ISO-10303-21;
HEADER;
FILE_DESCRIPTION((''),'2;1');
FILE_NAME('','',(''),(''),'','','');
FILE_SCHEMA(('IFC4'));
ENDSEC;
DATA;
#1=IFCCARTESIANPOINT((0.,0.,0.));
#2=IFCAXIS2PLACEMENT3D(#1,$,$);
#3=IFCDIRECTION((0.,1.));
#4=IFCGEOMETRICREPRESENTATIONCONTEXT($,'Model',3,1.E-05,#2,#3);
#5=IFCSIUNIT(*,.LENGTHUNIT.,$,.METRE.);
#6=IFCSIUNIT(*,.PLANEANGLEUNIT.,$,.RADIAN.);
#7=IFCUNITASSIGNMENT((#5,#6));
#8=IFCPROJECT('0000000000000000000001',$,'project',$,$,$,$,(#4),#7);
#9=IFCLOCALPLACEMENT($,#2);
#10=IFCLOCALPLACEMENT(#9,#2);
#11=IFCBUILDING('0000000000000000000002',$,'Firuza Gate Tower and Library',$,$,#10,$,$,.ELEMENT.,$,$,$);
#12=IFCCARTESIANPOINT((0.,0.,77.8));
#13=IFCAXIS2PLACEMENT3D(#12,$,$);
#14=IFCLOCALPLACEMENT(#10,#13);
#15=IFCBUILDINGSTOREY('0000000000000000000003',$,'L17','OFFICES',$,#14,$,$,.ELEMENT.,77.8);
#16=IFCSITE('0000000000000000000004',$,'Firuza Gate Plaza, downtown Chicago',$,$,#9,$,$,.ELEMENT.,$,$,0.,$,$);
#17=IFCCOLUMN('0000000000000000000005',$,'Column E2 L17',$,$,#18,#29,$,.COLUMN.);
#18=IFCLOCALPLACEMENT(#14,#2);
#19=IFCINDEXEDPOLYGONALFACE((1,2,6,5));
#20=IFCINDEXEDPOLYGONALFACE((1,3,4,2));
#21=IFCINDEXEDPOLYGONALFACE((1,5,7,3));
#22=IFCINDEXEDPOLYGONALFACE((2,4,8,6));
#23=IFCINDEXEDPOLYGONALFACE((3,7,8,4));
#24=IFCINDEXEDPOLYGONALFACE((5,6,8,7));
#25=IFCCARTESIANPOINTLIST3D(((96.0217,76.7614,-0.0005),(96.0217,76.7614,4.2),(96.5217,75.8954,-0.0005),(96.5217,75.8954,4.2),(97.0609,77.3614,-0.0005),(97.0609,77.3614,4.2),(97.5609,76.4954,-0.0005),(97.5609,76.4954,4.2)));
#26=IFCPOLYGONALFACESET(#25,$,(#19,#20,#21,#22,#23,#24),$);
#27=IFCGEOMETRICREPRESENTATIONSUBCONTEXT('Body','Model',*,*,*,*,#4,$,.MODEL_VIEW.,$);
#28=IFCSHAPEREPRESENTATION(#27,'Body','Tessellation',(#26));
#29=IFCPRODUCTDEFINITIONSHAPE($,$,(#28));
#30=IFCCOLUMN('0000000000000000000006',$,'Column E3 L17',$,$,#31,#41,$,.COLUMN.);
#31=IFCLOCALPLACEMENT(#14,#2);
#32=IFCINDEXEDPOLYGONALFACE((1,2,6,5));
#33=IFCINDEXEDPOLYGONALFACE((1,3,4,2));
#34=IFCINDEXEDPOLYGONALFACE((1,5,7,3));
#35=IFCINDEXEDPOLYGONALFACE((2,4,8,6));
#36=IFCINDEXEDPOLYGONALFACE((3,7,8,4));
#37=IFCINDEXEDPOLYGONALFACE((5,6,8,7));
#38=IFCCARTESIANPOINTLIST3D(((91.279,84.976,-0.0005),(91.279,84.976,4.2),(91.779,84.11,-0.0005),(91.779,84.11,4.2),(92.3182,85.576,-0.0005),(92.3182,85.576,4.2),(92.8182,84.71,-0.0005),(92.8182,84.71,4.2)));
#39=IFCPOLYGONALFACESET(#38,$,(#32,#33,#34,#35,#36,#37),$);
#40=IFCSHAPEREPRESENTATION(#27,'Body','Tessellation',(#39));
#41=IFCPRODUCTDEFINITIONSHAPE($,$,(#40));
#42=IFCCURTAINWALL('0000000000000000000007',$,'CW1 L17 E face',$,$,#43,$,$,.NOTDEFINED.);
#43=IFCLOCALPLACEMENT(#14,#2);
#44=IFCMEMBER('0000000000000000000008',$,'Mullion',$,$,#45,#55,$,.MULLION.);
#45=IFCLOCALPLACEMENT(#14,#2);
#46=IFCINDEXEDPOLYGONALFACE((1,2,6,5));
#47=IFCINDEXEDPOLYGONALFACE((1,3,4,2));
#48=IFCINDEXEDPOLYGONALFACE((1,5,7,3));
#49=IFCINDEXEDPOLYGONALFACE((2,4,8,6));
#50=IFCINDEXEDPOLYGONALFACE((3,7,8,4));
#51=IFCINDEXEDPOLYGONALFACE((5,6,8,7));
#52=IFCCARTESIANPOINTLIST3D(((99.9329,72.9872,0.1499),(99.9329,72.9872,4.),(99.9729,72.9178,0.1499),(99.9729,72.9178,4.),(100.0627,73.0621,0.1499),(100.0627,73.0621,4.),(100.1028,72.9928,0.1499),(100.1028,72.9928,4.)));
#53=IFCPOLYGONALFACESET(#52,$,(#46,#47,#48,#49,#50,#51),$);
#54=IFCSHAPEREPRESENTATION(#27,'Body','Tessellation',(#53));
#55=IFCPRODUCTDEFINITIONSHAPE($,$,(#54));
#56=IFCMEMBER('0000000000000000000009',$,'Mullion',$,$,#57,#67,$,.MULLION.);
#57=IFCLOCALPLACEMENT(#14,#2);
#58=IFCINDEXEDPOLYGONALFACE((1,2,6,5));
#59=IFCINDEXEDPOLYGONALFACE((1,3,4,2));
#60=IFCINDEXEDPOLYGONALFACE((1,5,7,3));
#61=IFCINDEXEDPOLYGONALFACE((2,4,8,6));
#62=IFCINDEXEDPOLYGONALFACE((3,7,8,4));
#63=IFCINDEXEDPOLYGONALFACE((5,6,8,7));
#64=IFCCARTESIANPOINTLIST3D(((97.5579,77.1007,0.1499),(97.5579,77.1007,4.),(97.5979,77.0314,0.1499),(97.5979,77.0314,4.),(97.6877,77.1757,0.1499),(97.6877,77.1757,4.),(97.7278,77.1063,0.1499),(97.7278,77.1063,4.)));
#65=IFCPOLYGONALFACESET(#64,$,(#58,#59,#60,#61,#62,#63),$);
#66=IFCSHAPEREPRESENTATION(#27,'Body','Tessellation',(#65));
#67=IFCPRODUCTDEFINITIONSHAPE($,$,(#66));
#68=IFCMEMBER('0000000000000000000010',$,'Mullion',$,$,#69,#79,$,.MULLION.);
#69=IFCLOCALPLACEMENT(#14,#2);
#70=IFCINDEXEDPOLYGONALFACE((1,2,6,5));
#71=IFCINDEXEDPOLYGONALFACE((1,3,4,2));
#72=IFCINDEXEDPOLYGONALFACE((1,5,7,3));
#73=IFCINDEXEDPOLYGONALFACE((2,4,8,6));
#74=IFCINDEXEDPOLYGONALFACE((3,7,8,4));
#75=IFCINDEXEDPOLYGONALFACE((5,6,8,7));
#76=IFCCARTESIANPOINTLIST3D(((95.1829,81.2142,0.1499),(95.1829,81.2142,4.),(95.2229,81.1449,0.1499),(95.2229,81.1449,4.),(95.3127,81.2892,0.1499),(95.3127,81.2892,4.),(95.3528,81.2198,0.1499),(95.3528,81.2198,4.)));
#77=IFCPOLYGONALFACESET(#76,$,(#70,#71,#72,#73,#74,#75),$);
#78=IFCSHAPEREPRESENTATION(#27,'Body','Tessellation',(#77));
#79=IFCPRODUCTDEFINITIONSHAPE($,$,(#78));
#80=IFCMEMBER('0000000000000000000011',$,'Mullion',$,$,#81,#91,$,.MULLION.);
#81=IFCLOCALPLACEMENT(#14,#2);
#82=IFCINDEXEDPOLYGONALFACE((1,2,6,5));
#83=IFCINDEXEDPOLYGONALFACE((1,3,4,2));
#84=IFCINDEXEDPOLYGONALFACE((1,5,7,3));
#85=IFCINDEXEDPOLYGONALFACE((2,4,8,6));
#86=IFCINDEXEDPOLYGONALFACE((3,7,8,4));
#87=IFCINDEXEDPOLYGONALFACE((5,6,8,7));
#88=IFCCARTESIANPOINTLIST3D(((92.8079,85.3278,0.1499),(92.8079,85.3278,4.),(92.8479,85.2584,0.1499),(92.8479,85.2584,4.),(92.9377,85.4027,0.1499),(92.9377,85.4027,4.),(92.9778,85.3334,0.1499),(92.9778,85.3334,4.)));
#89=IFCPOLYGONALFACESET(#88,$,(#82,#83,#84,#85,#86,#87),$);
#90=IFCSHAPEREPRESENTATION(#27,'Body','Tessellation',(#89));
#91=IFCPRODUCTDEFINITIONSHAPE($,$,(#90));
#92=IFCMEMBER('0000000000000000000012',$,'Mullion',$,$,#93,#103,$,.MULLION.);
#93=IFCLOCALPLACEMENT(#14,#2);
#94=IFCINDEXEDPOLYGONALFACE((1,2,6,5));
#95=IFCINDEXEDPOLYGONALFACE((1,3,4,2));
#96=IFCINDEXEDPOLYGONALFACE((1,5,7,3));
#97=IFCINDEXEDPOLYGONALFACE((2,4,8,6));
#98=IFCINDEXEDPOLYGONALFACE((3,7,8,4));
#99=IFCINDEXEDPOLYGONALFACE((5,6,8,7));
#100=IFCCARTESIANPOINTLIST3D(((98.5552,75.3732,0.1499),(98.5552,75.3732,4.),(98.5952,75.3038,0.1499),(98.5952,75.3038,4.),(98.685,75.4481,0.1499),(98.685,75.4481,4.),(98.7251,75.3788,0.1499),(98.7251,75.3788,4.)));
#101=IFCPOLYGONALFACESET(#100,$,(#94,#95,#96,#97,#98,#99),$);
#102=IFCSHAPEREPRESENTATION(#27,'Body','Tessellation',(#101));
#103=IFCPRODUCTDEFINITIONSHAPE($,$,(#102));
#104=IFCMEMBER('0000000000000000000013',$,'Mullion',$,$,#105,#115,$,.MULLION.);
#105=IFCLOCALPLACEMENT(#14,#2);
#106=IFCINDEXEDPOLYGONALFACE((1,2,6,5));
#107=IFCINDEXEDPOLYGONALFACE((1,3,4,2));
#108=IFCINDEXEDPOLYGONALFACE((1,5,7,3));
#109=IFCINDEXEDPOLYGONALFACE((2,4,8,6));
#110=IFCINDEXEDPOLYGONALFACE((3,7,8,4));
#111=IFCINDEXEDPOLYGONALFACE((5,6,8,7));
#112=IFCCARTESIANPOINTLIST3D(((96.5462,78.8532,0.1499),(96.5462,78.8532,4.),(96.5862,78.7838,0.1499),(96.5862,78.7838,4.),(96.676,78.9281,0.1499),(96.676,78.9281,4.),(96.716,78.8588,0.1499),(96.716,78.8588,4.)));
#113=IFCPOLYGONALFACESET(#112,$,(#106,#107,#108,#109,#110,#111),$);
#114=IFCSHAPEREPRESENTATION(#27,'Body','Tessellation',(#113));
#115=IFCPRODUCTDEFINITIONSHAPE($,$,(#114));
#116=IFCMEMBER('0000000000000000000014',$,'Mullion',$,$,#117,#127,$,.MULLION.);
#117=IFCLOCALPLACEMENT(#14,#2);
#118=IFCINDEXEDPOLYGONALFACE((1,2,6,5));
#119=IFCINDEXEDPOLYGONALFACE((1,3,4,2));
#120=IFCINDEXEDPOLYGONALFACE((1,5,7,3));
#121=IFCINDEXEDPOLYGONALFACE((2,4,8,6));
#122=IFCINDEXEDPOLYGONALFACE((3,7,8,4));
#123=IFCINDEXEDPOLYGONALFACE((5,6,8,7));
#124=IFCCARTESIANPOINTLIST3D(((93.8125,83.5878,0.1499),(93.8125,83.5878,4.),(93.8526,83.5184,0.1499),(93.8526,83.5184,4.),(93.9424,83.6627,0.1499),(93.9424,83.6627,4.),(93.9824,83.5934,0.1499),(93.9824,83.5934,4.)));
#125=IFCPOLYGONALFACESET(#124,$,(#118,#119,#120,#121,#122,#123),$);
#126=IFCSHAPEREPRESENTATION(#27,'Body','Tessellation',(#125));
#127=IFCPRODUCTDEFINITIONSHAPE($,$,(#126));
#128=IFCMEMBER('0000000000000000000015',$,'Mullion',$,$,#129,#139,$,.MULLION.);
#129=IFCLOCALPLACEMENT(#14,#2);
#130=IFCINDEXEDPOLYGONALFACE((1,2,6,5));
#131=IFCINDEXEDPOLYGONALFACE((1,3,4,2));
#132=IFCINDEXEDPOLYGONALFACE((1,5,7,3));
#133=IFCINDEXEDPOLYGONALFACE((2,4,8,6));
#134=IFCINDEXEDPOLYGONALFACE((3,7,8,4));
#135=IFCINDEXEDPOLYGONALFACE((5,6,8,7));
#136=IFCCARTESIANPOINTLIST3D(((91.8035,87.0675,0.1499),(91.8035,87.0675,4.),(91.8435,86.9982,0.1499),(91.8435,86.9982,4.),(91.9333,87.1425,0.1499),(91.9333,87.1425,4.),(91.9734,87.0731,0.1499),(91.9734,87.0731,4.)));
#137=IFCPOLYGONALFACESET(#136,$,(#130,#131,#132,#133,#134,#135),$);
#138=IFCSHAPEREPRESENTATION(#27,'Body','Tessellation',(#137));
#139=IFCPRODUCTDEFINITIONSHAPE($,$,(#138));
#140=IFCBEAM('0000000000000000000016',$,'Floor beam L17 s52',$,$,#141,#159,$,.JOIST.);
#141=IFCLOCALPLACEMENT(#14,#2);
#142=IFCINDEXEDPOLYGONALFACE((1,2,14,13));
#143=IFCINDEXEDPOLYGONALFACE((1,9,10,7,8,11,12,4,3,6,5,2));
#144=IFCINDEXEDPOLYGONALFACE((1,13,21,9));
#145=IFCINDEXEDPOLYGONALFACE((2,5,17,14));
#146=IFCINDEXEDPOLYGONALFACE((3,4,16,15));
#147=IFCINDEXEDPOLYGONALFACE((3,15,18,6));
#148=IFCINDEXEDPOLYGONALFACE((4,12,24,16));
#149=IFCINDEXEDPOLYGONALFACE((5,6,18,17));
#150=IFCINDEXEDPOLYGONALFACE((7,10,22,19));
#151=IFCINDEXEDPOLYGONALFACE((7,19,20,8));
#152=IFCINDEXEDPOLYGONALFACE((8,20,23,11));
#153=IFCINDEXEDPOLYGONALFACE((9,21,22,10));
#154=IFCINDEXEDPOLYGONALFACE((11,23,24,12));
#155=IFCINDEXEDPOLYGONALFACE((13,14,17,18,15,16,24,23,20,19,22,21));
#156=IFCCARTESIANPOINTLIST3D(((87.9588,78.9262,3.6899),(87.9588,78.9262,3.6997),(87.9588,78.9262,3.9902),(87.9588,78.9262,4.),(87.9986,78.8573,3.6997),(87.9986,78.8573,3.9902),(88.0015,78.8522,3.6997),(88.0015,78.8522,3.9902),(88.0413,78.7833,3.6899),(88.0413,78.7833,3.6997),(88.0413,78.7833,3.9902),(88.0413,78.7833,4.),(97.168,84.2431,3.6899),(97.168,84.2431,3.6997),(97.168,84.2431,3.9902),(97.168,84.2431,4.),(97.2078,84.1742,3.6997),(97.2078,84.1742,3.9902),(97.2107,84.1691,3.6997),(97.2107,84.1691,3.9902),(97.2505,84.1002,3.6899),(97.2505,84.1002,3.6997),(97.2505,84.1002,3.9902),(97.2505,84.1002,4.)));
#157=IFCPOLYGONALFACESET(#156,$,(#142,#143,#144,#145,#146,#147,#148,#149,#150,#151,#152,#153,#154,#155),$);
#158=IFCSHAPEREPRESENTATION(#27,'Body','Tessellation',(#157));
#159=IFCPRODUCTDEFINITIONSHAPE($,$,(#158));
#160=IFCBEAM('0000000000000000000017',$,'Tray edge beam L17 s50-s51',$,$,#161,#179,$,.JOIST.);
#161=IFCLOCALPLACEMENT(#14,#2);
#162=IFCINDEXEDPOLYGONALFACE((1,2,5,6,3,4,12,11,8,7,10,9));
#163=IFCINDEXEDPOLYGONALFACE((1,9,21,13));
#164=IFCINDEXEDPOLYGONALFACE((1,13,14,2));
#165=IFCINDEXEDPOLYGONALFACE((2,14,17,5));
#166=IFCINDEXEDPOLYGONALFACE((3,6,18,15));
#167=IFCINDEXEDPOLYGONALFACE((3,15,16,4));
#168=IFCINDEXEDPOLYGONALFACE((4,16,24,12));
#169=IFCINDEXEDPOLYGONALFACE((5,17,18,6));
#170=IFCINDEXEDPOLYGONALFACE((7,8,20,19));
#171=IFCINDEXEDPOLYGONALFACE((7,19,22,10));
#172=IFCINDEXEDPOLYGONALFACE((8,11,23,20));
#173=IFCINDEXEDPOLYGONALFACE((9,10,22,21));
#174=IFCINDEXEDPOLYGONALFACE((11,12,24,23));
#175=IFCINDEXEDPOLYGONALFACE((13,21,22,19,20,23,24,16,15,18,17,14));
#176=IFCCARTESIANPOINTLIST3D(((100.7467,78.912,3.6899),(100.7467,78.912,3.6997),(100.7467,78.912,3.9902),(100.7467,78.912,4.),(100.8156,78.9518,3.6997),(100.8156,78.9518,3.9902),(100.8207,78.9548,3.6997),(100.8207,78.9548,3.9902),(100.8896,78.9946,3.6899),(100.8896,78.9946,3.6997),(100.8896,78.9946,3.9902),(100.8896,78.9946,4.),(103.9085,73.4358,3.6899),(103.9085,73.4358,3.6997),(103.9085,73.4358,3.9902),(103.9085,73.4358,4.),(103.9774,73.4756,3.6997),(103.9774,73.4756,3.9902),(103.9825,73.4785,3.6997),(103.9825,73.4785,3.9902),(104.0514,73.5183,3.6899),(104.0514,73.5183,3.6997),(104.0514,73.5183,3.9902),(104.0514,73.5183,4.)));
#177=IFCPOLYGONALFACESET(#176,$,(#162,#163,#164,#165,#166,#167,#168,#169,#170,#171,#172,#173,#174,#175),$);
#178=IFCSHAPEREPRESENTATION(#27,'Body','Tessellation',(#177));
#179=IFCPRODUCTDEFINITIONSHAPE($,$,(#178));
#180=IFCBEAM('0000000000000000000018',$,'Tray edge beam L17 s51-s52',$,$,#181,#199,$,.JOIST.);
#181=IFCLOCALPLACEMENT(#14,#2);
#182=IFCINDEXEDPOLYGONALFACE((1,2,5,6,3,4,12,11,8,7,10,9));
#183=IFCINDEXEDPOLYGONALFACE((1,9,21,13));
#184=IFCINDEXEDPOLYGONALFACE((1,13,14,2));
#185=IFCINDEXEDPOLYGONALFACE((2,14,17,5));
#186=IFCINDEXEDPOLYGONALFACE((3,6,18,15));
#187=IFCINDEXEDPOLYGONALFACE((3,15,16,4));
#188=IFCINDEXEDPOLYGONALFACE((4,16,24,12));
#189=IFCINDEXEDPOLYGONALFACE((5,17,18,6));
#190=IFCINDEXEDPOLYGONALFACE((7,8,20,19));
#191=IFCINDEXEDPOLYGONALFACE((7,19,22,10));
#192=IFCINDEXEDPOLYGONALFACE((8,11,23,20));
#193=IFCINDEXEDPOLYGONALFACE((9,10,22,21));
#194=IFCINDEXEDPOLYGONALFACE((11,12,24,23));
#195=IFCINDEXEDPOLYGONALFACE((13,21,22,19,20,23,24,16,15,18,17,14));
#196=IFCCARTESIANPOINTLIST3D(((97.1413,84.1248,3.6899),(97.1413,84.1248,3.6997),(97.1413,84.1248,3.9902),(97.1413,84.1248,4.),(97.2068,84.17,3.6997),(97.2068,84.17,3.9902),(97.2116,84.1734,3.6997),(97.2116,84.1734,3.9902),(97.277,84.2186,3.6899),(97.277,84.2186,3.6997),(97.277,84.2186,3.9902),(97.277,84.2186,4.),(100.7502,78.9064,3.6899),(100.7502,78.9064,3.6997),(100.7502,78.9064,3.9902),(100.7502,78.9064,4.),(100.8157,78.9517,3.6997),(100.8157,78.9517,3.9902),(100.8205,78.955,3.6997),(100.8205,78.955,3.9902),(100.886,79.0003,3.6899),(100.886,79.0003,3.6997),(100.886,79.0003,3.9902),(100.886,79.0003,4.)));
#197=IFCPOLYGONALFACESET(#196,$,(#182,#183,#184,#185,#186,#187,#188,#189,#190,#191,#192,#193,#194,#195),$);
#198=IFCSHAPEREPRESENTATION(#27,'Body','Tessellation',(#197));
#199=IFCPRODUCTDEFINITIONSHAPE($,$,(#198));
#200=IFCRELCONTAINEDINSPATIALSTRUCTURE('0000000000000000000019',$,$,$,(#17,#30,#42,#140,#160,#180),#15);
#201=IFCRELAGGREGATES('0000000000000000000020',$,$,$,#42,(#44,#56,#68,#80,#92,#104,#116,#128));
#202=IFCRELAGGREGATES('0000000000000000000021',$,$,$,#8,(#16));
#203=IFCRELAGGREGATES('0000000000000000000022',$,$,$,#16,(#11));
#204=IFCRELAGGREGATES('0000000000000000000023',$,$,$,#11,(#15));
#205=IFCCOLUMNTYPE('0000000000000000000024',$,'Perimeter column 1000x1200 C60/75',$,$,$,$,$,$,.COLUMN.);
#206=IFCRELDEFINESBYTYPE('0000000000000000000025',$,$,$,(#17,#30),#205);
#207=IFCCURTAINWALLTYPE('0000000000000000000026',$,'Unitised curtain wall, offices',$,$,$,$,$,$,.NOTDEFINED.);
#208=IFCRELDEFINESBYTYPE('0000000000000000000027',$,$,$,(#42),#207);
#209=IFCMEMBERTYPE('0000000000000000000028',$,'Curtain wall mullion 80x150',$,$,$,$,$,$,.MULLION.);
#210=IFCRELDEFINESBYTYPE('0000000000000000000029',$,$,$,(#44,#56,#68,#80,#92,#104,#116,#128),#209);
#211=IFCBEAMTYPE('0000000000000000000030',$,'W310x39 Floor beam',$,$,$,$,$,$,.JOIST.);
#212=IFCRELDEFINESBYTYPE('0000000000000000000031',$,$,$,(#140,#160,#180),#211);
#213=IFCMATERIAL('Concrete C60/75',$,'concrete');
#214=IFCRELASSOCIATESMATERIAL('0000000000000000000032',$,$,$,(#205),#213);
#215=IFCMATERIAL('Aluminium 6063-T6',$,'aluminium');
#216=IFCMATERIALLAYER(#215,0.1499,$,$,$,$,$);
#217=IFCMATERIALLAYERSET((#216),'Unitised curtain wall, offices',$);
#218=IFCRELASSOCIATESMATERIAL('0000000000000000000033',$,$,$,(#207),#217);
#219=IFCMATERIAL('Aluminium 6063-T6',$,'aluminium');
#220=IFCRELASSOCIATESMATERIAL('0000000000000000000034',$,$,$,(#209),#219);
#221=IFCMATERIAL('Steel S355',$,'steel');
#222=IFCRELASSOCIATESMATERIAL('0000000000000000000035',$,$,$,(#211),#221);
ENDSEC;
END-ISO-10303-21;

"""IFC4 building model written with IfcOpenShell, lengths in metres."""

from ifc_helpers import new_model, si_unit, direction, frame, origin, origin_2d, place, context, subcontext, project, spatial, rectangle, i_section, extrude, material, layer, layer_set, material_profile, profile_set, type_object, element, aggregate, save


model = new_model("IFC4")

# Units and contexts
model_context = context("Model", 3, precision=1e-05, world=origin(), true_north=direction((0.0, 1.0)))
body_context = subcontext(model_context, "Body", "Model", "MODEL_VIEW")
ifc_project = project(units=[si_unit("LENGTHUNIT", "METRE"), si_unit("PLANEANGLEUNIT", "RADIAN")], contexts=[model_context])

# Site, building, storey
site_placement = place(None, origin())
site = spatial("IfcSite", under=ifc_project, at=site_placement, Name="Firuza Gate Plaza, downtown Chicago", CompositionType="ELEMENT", RefElevation=0.0)
building_placement = place(site_placement, origin())
building = spatial("IfcBuilding", under=site, at=building_placement, Name="Firuza Gate Tower and Library", CompositionType="ELEMENT")
storey_placement = place(building_placement, frame((0.0, 0.0, 77.8)))
storey = spatial("IfcBuildingStorey", under=building, at=storey_placement, Name="L17", Description="OFFICES", CompositionType="ELEMENT", Elevation=77.8)

# Columns
ifc_material_1 = material(Name="Concrete C60/75", Category="concrete")
ifc_material_profile_1 = material_profile(ifc_material_1, rectangle(XDim=1.0, YDim=1.2, at=origin_2d()))
ifc_profile_set_1 = profile_set([ifc_material_profile_1], Name="Concrete C60/75")
column_type = type_object("IfcColumnType", Name="Perimeter column 1000x1200 C60/75", PredefinedType="COLUMN", material=ifc_profile_set_1)
for number, where, z_axis, x_axis, name in (
    (1, (96.7913, 76.6284, -0.0005), (0.0, 0.0, 1.0), (-0.5, 0.866025, 0.0), "Column E2 L17"),
    (2, (92.0486, 84.843, -0.0005), (0.0, 0.0, 1.0), (-0.5, 0.866025, 0.0), "Column E3 L17"),
):
    element("IfcColumn", number, at=place(storey_placement, frame(where, z_axis=z_axis, x_axis=x_axis)), inside=storey, type_object=column_type, Name=name, PredefinedType="COLUMN", context=body_context, shape_type="SweptSolid", body=[
        extrude(rectangle(XDim=1.0, YDim=1.2, at=origin_2d()), origin(), (0.0, 0.0, 1.0), 4.2004),
    ])

# Curtain wall, members
ifc_material_2 = material(Name="Aluminium 6063-T6", Category="aluminium")
ifc_layer_1 = layer(ifc_material_2, 0.1499)
ifc_layer_set_1 = layer_set([ifc_layer_1], Name="Unitised curtain wall, offices")
curtain_wall_type = type_object("IfcCurtainWallType", Name="Unitised curtain wall, offices", PredefinedType="NOTDEFINED", material=ifc_layer_set_1)
curtain_wall_placement = place(storey_placement, origin())
curtain_wall = element("IfcCurtainWall", 3, at=curtain_wall_placement, inside=storey, type_object=curtain_wall_type, Name="CW1 L17 E face", PredefinedType="NOTDEFINED")
ifc_material_3 = material(Name="Aluminium 6063-T6", Category="aluminium")
ifc_material_profile_2 = material_profile(ifc_material_3, rectangle(XDim=0.1499, YDim=0.0801, at=origin_2d()))
ifc_profile_set_2 = profile_set([ifc_material_profile_2], Name="Aluminium 6063-T6")
member_type = type_object("IfcMemberType", Name="Curtain wall mullion 80x150", PredefinedType="MULLION", material=ifc_profile_set_2)
member_1_placement = place(storey_placement, frame((100.0178, 72.99, 0.1499), z_axis=(0.0, 0.0, 1.0), x_axis=(-0.866025, -0.5, 0.0)))
member_1 = element("IfcMember", 4, at=member_1_placement, type_object=member_type, Name="Mullion", PredefinedType="MULLION", context=body_context, shape_type="SweptSolid", body=[
    extrude(rectangle(XDim=0.1499, YDim=0.0801, at=origin_2d()), origin(), (0.0, 0.0, 1.0), 3.8501),
])
member_2_placement = place(storey_placement, frame((97.6428, 77.1035, 0.1499), z_axis=(0.0, 0.0, 1.0), x_axis=(-0.866025, -0.5, 0.0)))
member_2 = element("IfcMember", 5, at=member_2_placement, type_object=member_type, Name="Mullion", PredefinedType="MULLION", context=body_context, shape_type="SweptSolid", body=[
    extrude(rectangle(XDim=0.1499, YDim=0.0801, at=origin_2d()), origin(), (0.0, 0.0, 1.0), 3.8501),
])
member_3_placement = place(storey_placement, frame((95.2678, 81.217, 0.1499), z_axis=(0.0, 0.0, 1.0), x_axis=(-0.866025, -0.5, 0.0)))
member_3 = element("IfcMember", 6, at=member_3_placement, type_object=member_type, Name="Mullion", PredefinedType="MULLION", context=body_context, shape_type="SweptSolid", body=[
    extrude(rectangle(XDim=0.1499, YDim=0.0801, at=origin_2d()), origin(), (0.0, 0.0, 1.0), 3.8501),
])
member_4_placement = place(storey_placement, frame((92.8928, 85.3306, 0.1499), z_axis=(0.0, 0.0, 1.0), x_axis=(-0.866025, -0.5, 0.0)))
member_4 = element("IfcMember", 7, at=member_4_placement, type_object=member_type, Name="Mullion", PredefinedType="MULLION", context=body_context, shape_type="SweptSolid", body=[
    extrude(rectangle(XDim=0.1499, YDim=0.0801, at=origin_2d()), origin(), (0.0, 0.0, 1.0), 3.8501),
])
member_5_placement = place(storey_placement, frame((98.6401, 75.376, 0.1499), z_axis=(0.0, 0.0, 1.0), x_axis=(-0.866025, -0.5, 0.0)))
member_5 = element("IfcMember", 8, at=member_5_placement, type_object=member_type, Name="Mullion", PredefinedType="MULLION", context=body_context, shape_type="SweptSolid", body=[
    extrude(rectangle(XDim=0.1499, YDim=0.0801, at=origin_2d()), origin(), (0.0, 0.0, 1.0), 3.8501),
])
member_6_placement = place(storey_placement, frame((96.6311, 78.856, 0.1499), z_axis=(0.0, 0.0, 1.0), x_axis=(-0.866025, -0.5, 0.0)))
member_6 = element("IfcMember", 9, at=member_6_placement, type_object=member_type, Name="Mullion", PredefinedType="MULLION", context=body_context, shape_type="SweptSolid", body=[
    extrude(rectangle(XDim=0.1499, YDim=0.0801, at=origin_2d()), origin(), (0.0, 0.0, 1.0), 3.8501),
])
member_7_placement = place(storey_placement, frame((93.8975, 83.5906, 0.1499), z_axis=(0.0, 0.0, 1.0), x_axis=(-0.866025, -0.5, 0.0)))
member_7 = element("IfcMember", 10, at=member_7_placement, type_object=member_type, Name="Mullion", PredefinedType="MULLION", context=body_context, shape_type="SweptSolid", body=[
    extrude(rectangle(XDim=0.1499, YDim=0.0801, at=origin_2d()), origin(), (0.0, 0.0, 1.0), 3.8501),
])
member_8_placement = place(storey_placement, frame((91.8884, 87.0703, 0.1499), z_axis=(0.0, 0.0, 1.0), x_axis=(-0.866025, -0.5, 0.0)))
member_8 = element("IfcMember", 11, at=member_8_placement, type_object=member_type, Name="Mullion", PredefinedType="MULLION", context=body_context, shape_type="SweptSolid", body=[
    extrude(rectangle(XDim=0.1499, YDim=0.0801, at=origin_2d()), origin(), (0.0, 0.0, 1.0), 3.8501),
])

# Beams
ifc_material_4 = material(Name="Steel S355", Category="steel")
ifc_material_profile_3 = material_profile(ifc_material_4, i_section(OverallWidth=0.165, OverallDepth=0.3101, WebThickness=0.0059, FlangeThickness=0.0098, at=origin_2d()))
ifc_profile_set_3 = profile_set([ifc_material_profile_3], Name="Steel S355")
beam_type_1 = type_object("IfcBeamType", Name="W310x39 Floor beam", PredefinedType="JOIST", material=ifc_profile_set_3)
beam_1_placement = place(storey_placement, frame((97.2092, 84.1716, 3.845), z_axis=(-0.866028, -0.499996, 0.0), x_axis=(0.499996, -0.866028, 0.0)))
element("IfcBeam", 12, at=beam_1_placement, inside=storey, type_object=beam_type_1, Name="Floor beam L17 s52", PredefinedType="JOIST", context=body_context, shape_type="SweptSolid", body=[
    extrude(i_section(OverallWidth=0.165, OverallDepth=0.3101, WebThickness=0.0059, FlangeThickness=0.0098, at=origin_2d()), origin(), (0.0, 0.0, 1.0), 10.6338),
])
beam_2_placement = place(storey_placement, frame((103.98, 73.4771, 3.845), z_axis=(-0.500013, 0.866018, 0.0), x_axis=(-0.866018, -0.500013, 0.0)))
element("IfcBeam", 13, at=beam_2_placement, inside=storey, type_object=beam_type_1, Name="Tray edge beam L17 s50-s51", PredefinedType="JOIST", context=body_context, shape_type="SweptSolid", body=[
    extrude(i_section(OverallWidth=0.165, OverallDepth=0.3101, WebThickness=0.0059, FlangeThickness=0.0098, at=origin_2d()), origin(), (0.0, 0.0, 1.0), 6.3235),
])
beam_3_placement = place(storey_placement, frame((100.8181, 78.9534, 3.845), z_axis=(-0.56881, 0.822469, 0.0), x_axis=(-0.822469, -0.56881, 0.0)))
element("IfcBeam", 14, at=beam_3_placement, inside=storey, type_object=beam_type_1, Name="Tray edge beam L17 s51-s52", PredefinedType="JOIST", context=body_context, shape_type="SweptSolid", body=[
    extrude(i_section(OverallWidth=0.165, OverallDepth=0.3101, WebThickness=0.0059, FlangeThickness=0.0098, at=origin_2d()), origin(), (0.0, 0.0, 1.0), 6.3447),
])

aggregate(curtain_wall, [member_1, member_2, member_3, member_4, member_5, member_6, member_7, member_8])

save(model, "model.ifc")
